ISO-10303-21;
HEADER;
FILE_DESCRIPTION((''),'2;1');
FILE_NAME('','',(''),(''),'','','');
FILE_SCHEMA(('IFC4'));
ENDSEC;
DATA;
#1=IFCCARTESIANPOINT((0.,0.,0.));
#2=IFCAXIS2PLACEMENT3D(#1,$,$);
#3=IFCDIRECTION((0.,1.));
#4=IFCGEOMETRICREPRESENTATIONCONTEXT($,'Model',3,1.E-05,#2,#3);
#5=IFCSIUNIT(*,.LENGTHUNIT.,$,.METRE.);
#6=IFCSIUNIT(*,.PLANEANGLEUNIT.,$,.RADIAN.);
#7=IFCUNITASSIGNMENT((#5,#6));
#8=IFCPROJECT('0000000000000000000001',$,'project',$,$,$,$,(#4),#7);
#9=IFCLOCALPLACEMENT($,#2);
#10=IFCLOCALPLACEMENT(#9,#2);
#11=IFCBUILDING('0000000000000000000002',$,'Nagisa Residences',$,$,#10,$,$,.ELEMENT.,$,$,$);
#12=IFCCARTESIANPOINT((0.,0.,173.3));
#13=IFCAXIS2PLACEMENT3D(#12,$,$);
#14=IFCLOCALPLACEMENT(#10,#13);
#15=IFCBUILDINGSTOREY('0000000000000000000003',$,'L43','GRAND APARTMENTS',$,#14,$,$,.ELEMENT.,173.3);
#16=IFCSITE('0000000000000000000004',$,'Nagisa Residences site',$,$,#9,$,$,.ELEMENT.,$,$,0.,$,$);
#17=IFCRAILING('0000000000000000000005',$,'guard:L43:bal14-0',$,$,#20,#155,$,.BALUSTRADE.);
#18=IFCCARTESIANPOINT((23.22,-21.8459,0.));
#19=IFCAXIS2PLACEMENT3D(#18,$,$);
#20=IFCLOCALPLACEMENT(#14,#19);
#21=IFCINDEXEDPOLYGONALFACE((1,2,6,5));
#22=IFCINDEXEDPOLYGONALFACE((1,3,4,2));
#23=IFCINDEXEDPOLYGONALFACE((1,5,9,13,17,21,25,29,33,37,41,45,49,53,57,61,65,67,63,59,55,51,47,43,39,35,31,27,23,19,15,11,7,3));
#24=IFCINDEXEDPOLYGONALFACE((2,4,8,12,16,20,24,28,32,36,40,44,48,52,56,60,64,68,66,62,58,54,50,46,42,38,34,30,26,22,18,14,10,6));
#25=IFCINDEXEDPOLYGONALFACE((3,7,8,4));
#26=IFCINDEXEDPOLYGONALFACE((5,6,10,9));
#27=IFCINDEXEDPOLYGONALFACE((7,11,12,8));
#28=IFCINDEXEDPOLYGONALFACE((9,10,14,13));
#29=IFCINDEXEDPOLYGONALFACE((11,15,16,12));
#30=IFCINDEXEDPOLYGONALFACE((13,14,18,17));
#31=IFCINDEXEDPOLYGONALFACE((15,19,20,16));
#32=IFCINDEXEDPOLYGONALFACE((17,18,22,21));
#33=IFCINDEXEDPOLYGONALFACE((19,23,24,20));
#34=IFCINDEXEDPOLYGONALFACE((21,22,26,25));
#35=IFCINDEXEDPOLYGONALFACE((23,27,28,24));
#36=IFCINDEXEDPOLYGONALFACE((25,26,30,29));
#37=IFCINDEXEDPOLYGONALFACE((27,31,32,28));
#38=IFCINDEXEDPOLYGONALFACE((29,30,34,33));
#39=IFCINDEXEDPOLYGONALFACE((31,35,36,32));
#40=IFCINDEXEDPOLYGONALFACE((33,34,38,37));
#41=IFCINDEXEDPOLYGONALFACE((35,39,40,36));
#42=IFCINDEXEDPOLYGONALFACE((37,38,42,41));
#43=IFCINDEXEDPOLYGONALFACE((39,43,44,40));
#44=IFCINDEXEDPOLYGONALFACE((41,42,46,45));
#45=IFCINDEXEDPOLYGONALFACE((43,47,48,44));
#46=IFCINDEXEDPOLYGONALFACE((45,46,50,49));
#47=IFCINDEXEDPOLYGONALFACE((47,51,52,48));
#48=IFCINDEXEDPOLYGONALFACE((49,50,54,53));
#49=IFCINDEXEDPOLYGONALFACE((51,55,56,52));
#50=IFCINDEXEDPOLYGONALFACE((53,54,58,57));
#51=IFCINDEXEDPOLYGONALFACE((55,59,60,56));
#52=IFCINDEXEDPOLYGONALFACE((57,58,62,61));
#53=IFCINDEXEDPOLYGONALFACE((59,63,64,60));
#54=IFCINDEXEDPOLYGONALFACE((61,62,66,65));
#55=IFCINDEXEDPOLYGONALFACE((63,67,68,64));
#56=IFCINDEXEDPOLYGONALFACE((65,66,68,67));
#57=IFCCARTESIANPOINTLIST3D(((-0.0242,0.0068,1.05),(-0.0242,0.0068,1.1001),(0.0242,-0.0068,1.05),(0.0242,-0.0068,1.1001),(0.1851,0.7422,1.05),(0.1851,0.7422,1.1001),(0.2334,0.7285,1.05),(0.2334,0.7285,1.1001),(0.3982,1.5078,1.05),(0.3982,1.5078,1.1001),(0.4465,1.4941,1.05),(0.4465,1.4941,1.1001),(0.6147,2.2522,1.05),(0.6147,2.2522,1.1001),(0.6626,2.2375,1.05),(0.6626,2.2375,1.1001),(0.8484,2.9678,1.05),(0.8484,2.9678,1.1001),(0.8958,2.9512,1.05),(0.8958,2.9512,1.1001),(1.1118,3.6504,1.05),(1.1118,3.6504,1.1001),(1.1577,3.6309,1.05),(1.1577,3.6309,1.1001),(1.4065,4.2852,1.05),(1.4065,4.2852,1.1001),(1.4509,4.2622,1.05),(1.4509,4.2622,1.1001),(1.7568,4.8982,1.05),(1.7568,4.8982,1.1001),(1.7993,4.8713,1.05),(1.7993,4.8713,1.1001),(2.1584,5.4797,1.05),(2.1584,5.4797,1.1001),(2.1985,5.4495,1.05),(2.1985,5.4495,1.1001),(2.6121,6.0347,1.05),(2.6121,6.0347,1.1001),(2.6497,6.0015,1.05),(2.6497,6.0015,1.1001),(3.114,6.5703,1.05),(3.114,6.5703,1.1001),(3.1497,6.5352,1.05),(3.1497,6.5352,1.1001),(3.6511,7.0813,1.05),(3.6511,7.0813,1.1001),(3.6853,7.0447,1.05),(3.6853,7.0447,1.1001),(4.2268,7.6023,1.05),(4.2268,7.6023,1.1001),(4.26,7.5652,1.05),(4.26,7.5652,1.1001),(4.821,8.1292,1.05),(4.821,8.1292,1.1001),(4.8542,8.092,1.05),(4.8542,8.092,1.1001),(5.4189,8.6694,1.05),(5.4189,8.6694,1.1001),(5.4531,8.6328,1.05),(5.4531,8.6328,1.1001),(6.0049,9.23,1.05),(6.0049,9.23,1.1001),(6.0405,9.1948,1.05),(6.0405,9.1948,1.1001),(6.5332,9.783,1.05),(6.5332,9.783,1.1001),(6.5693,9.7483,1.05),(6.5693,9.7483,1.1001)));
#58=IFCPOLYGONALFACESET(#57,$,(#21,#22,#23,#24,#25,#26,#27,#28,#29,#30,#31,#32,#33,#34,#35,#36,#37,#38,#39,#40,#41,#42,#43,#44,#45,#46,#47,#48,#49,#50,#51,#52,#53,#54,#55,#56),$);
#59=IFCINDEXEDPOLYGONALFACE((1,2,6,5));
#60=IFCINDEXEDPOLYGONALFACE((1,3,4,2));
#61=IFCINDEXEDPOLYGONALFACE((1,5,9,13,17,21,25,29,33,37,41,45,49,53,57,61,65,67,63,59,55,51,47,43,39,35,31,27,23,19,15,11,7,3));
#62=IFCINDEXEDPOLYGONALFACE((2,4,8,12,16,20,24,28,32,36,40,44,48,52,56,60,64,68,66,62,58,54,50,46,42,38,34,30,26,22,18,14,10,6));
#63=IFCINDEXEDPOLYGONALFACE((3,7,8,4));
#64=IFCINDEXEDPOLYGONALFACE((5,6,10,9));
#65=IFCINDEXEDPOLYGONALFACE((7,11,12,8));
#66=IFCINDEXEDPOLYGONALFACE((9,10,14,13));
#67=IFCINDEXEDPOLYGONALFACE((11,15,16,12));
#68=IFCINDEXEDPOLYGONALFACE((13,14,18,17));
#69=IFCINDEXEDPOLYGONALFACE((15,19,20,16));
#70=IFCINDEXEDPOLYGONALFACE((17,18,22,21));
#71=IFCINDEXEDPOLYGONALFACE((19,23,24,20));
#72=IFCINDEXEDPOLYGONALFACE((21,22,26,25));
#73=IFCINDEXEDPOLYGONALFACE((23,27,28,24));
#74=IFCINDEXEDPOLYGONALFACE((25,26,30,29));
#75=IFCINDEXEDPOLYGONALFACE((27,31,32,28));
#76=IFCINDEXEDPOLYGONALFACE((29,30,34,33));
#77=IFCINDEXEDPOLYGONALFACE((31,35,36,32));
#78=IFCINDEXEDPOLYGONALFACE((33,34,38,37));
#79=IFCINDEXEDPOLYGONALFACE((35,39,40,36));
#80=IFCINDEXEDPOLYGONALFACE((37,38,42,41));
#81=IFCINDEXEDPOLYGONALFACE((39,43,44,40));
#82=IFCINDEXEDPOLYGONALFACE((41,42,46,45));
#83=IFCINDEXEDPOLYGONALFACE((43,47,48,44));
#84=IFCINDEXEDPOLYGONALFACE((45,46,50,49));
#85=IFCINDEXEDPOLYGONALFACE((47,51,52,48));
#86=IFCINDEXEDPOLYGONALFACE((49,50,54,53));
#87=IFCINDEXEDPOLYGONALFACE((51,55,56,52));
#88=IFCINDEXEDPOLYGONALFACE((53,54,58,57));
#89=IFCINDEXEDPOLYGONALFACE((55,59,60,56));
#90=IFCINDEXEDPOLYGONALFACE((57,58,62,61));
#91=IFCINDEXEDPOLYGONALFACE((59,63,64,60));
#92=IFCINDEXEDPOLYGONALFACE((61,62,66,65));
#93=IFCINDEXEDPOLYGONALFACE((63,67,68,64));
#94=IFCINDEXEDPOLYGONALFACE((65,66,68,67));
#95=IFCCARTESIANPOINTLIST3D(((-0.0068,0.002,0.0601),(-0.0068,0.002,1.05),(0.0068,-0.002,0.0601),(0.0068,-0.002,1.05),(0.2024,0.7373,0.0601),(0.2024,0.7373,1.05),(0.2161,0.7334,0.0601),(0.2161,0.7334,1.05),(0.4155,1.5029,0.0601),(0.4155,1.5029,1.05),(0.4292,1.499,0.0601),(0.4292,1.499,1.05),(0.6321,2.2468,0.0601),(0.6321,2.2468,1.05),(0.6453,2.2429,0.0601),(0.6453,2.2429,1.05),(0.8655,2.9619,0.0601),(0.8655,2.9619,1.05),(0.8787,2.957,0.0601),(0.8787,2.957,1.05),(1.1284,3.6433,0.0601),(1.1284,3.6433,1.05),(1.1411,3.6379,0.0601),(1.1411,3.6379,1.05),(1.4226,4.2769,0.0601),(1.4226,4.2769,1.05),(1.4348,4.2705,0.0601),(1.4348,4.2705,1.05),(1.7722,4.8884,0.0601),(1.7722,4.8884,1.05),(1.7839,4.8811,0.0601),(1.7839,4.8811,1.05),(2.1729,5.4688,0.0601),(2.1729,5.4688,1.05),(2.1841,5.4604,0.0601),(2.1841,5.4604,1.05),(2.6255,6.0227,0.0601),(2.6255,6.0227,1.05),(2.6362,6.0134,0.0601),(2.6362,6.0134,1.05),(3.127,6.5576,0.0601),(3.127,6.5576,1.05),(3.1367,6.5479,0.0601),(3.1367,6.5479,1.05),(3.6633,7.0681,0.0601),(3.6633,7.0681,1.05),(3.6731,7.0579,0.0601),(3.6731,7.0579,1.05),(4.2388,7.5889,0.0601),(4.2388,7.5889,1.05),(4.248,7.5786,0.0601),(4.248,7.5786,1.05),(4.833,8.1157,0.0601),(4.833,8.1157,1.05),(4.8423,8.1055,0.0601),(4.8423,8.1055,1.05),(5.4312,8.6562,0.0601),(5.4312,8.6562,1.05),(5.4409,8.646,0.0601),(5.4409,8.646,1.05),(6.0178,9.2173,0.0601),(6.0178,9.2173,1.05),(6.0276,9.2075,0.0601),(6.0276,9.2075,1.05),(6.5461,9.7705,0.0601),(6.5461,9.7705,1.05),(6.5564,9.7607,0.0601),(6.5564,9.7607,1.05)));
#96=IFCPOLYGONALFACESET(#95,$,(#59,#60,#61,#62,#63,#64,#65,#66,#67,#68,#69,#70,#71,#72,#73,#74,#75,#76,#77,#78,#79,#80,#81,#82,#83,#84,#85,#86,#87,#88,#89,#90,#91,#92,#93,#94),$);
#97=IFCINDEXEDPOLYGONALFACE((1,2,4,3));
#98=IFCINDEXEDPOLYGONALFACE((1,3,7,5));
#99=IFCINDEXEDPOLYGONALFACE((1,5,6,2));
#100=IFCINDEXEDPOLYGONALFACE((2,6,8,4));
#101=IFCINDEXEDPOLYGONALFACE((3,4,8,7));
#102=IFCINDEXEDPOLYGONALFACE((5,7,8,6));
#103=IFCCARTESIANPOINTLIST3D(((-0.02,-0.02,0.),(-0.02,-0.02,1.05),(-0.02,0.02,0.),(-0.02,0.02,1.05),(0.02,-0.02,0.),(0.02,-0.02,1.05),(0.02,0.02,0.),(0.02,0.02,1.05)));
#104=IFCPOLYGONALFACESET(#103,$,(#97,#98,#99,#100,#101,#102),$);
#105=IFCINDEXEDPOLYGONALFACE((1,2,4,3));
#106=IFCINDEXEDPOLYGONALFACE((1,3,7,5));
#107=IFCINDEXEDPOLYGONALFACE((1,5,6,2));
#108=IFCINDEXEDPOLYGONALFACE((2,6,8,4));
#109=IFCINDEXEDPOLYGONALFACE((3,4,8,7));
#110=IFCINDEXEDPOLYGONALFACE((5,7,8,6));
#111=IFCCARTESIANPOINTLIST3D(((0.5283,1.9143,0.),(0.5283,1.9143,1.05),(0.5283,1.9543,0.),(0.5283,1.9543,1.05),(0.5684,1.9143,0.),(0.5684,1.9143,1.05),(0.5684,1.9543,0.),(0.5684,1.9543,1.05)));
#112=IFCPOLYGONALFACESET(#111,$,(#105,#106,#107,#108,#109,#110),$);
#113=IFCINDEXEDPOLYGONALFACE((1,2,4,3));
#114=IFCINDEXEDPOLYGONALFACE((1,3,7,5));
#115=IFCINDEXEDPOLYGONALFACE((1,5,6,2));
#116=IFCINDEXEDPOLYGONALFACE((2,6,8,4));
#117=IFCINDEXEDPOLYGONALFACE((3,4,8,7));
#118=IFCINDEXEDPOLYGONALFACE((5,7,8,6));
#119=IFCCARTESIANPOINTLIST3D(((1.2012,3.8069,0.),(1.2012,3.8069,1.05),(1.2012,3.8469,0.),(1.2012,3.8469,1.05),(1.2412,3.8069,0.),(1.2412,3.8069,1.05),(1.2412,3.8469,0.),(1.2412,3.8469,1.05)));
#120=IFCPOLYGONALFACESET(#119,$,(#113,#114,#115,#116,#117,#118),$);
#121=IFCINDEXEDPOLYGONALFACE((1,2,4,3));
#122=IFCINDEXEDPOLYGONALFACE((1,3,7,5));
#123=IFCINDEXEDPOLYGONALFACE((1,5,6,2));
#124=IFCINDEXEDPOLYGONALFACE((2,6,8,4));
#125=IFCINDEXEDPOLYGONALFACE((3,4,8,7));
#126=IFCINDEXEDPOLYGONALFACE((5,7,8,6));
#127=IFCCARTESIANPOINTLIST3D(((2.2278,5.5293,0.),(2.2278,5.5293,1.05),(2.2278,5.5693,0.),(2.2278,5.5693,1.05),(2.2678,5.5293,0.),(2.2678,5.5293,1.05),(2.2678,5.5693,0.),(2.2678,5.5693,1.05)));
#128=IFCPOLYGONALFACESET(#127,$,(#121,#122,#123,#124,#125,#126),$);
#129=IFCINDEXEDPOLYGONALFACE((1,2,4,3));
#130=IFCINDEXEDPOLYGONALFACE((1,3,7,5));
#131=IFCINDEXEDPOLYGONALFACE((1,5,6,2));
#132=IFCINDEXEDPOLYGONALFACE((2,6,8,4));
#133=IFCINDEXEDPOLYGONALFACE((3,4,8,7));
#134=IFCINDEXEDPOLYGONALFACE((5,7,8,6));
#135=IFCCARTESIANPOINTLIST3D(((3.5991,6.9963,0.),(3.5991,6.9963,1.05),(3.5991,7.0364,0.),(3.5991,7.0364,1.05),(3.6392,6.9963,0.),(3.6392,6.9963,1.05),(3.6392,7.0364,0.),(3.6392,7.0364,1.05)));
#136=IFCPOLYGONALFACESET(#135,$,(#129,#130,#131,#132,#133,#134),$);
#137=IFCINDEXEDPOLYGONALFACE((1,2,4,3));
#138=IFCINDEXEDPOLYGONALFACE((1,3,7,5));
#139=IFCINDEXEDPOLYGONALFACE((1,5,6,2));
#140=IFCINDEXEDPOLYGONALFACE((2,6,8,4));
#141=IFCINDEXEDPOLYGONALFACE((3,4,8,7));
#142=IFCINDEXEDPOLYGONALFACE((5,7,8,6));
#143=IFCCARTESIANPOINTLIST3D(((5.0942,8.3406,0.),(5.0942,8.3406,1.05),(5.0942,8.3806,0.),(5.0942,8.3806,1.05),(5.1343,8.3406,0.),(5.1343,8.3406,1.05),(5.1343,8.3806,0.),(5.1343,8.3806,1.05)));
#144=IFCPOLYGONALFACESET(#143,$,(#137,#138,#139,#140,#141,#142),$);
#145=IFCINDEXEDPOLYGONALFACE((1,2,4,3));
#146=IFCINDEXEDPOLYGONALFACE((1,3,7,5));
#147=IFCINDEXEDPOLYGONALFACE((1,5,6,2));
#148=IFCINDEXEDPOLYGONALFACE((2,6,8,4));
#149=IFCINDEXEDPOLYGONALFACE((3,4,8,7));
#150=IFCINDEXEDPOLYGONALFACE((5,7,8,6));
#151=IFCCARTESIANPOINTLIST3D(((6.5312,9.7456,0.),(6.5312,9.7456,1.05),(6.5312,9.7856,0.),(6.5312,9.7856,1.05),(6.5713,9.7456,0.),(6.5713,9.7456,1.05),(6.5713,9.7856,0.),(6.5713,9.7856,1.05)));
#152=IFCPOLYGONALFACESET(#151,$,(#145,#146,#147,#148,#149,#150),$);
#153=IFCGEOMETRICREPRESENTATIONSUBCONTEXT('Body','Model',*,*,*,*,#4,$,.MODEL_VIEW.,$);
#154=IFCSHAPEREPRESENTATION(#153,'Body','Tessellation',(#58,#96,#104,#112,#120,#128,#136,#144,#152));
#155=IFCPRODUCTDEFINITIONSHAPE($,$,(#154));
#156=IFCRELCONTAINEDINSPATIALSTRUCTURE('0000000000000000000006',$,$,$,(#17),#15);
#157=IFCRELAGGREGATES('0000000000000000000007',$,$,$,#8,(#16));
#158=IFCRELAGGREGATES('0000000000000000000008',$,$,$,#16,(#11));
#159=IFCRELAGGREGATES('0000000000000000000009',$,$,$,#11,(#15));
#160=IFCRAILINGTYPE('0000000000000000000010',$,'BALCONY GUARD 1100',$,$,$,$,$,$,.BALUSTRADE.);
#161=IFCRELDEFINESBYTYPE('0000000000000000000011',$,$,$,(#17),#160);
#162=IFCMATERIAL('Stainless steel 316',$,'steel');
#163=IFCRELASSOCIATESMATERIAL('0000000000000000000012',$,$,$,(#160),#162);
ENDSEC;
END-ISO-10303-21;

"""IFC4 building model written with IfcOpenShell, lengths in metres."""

from ifc_helpers import new_model, si_unit, direction, frame, origin, origin_2d, place, context, subcontext, project, spatial, polyline, rectangle, outline, extrude, material, type_object, element, save


model = new_model("IFC4")

# Units and contexts
model_context = context("Model", 3, precision=1e-05, world=origin(), true_north=direction((0.0, 1.0)))
body_context = subcontext(model_context, "Body", "Model", "MODEL_VIEW")
ifc_project = project(units=[si_unit("LENGTHUNIT", "METRE"), si_unit("PLANEANGLEUNIT", "RADIAN")], contexts=[model_context])

# Site, building, storey
site_placement = place(None, origin())
site = spatial("IfcSite", under=ifc_project, at=site_placement, Name="Nagisa Residences site", CompositionType="ELEMENT", RefElevation=0.0)
building_placement = place(site_placement, origin())
building = spatial("IfcBuilding", under=site, at=building_placement, Name="Nagisa Residences", CompositionType="ELEMENT")
storey_placement = place(building_placement, frame((0.0, 0.0, 173.3)))
storey = spatial("IfcBuildingStorey", under=building, at=storey_placement, Name="L43", Description="GRAND APARTMENTS", CompositionType="ELEMENT", Elevation=173.3)

# Railing
ifc_material_1 = material(Name="Stainless steel 316", Category="steel")
railing_type = type_object("IfcRailingType", Name="BALCONY GUARD 1100", PredefinedType="BALUSTRADE", material=ifc_material_1)
railing_1_placement = place(storey_placement, frame((23.22, -21.8459, 0.0)))
element("IfcRailing", 1, at=railing_1_placement, inside=storey, type_object=railing_type, Name="guard:L43:bal14-0", PredefinedType="BALUSTRADE", context=body_context, shape_type="SweptSolid", body=[
    extrude(outline(polyline([(0.1851, 0.7422), (-0.0242, 0.0068), (0.0242, -0.0068), (0.2334, 0.7285), (0.4465, 1.4941), (0.6626, 2.2375), (0.8958, 2.9512), (1.1577, 3.6309), (1.4509, 4.2622), (1.7993, 4.8713), (2.1985, 5.4495), (2.6497, 6.0015), (3.1497, 6.5352), (3.6853, 7.0447), (4.26, 7.5652), (4.8542, 8.092), (5.4531, 8.6328), (6.0405, 9.1948), (6.5693, 9.7483), (6.5332, 9.783), (6.0049, 9.23), (5.4189, 8.6694), (4.821, 8.1292), (4.2268, 7.6023), (3.6511, 7.0813), (3.114, 6.5703), (2.6121, 6.0347), (2.1584, 5.4797), (1.7568, 4.8982), (1.4065, 4.2852), (1.1118, 3.6504), (0.8484, 2.9678), (0.6147, 2.2522), (0.3982, 1.5078), (0.1851, 0.7422)])), frame((0.0, 0.0, 1.05)), (0.0, 0.0, 1.0), 0.05),
    extrude(outline(polyline([(0.2024, 0.7373), (-0.0068, 0.002), (0.0068, -0.002), (0.2161, 0.7334), (0.4292, 1.499), (0.6453, 2.2429), (0.8787, 2.957), (1.1411, 3.6379), (1.4348, 4.2705), (1.7839, 4.8811), (2.1841, 5.4604), (2.6362, 6.0134), (3.1367, 6.5479), (3.6731, 7.0579), (4.248, 7.5786), (4.8423, 8.1055), (5.4409, 8.646), (6.0276, 9.2075), (6.5564, 9.7607), (6.5461, 9.7705), (6.0178, 9.2173), (5.4312, 8.6562), (4.833, 8.1157), (4.2388, 7.5889), (3.6633, 7.0681), (3.127, 6.5576), (2.6255, 6.0227), (2.1729, 5.4688), (1.7722, 4.8884), (1.4226, 4.2769), (1.1284, 3.6433), (0.8655, 2.9619), (0.6321, 2.2468), (0.4155, 1.5029), (0.2024, 0.7373)])), frame((0.0, 0.0, 0.0601)), (0.0, 0.0, 1.0), 0.99),
    extrude(rectangle(XDim=0.04, YDim=0.04, at=origin_2d()), origin(), (0.0, 0.0, 1.0), 1.05),
    extrude(rectangle(XDim=0.04, YDim=0.04, at=origin_2d()), frame((0.5483, 1.9343, 0.0)), (0.0, 0.0, 1.0), 1.05),
    extrude(rectangle(XDim=0.04, YDim=0.04, at=origin_2d()), frame((1.2212, 3.8269, 0.0)), (0.0, 0.0, 1.0), 1.05),
    extrude(rectangle(XDim=0.04, YDim=0.04, at=origin_2d()), frame((2.2478, 5.5493, 0.0)), (0.0, 0.0, 1.0), 1.05),
    extrude(rectangle(XDim=0.04, YDim=0.04, at=origin_2d()), frame((3.6191, 7.0164, 0.0)), (0.0, 0.0, 1.0), 1.05),
    extrude(rectangle(XDim=0.04, YDim=0.04, at=origin_2d()), frame((5.1143, 8.3606, 0.0)), (0.0, 0.0, 1.0), 1.05),
    extrude(rectangle(XDim=0.04, YDim=0.04, at=origin_2d()), frame((6.5513, 9.7656, 0.0)), (0.0, 0.0, 1.0), 1.05),
])

save(model, "model.ifc")
